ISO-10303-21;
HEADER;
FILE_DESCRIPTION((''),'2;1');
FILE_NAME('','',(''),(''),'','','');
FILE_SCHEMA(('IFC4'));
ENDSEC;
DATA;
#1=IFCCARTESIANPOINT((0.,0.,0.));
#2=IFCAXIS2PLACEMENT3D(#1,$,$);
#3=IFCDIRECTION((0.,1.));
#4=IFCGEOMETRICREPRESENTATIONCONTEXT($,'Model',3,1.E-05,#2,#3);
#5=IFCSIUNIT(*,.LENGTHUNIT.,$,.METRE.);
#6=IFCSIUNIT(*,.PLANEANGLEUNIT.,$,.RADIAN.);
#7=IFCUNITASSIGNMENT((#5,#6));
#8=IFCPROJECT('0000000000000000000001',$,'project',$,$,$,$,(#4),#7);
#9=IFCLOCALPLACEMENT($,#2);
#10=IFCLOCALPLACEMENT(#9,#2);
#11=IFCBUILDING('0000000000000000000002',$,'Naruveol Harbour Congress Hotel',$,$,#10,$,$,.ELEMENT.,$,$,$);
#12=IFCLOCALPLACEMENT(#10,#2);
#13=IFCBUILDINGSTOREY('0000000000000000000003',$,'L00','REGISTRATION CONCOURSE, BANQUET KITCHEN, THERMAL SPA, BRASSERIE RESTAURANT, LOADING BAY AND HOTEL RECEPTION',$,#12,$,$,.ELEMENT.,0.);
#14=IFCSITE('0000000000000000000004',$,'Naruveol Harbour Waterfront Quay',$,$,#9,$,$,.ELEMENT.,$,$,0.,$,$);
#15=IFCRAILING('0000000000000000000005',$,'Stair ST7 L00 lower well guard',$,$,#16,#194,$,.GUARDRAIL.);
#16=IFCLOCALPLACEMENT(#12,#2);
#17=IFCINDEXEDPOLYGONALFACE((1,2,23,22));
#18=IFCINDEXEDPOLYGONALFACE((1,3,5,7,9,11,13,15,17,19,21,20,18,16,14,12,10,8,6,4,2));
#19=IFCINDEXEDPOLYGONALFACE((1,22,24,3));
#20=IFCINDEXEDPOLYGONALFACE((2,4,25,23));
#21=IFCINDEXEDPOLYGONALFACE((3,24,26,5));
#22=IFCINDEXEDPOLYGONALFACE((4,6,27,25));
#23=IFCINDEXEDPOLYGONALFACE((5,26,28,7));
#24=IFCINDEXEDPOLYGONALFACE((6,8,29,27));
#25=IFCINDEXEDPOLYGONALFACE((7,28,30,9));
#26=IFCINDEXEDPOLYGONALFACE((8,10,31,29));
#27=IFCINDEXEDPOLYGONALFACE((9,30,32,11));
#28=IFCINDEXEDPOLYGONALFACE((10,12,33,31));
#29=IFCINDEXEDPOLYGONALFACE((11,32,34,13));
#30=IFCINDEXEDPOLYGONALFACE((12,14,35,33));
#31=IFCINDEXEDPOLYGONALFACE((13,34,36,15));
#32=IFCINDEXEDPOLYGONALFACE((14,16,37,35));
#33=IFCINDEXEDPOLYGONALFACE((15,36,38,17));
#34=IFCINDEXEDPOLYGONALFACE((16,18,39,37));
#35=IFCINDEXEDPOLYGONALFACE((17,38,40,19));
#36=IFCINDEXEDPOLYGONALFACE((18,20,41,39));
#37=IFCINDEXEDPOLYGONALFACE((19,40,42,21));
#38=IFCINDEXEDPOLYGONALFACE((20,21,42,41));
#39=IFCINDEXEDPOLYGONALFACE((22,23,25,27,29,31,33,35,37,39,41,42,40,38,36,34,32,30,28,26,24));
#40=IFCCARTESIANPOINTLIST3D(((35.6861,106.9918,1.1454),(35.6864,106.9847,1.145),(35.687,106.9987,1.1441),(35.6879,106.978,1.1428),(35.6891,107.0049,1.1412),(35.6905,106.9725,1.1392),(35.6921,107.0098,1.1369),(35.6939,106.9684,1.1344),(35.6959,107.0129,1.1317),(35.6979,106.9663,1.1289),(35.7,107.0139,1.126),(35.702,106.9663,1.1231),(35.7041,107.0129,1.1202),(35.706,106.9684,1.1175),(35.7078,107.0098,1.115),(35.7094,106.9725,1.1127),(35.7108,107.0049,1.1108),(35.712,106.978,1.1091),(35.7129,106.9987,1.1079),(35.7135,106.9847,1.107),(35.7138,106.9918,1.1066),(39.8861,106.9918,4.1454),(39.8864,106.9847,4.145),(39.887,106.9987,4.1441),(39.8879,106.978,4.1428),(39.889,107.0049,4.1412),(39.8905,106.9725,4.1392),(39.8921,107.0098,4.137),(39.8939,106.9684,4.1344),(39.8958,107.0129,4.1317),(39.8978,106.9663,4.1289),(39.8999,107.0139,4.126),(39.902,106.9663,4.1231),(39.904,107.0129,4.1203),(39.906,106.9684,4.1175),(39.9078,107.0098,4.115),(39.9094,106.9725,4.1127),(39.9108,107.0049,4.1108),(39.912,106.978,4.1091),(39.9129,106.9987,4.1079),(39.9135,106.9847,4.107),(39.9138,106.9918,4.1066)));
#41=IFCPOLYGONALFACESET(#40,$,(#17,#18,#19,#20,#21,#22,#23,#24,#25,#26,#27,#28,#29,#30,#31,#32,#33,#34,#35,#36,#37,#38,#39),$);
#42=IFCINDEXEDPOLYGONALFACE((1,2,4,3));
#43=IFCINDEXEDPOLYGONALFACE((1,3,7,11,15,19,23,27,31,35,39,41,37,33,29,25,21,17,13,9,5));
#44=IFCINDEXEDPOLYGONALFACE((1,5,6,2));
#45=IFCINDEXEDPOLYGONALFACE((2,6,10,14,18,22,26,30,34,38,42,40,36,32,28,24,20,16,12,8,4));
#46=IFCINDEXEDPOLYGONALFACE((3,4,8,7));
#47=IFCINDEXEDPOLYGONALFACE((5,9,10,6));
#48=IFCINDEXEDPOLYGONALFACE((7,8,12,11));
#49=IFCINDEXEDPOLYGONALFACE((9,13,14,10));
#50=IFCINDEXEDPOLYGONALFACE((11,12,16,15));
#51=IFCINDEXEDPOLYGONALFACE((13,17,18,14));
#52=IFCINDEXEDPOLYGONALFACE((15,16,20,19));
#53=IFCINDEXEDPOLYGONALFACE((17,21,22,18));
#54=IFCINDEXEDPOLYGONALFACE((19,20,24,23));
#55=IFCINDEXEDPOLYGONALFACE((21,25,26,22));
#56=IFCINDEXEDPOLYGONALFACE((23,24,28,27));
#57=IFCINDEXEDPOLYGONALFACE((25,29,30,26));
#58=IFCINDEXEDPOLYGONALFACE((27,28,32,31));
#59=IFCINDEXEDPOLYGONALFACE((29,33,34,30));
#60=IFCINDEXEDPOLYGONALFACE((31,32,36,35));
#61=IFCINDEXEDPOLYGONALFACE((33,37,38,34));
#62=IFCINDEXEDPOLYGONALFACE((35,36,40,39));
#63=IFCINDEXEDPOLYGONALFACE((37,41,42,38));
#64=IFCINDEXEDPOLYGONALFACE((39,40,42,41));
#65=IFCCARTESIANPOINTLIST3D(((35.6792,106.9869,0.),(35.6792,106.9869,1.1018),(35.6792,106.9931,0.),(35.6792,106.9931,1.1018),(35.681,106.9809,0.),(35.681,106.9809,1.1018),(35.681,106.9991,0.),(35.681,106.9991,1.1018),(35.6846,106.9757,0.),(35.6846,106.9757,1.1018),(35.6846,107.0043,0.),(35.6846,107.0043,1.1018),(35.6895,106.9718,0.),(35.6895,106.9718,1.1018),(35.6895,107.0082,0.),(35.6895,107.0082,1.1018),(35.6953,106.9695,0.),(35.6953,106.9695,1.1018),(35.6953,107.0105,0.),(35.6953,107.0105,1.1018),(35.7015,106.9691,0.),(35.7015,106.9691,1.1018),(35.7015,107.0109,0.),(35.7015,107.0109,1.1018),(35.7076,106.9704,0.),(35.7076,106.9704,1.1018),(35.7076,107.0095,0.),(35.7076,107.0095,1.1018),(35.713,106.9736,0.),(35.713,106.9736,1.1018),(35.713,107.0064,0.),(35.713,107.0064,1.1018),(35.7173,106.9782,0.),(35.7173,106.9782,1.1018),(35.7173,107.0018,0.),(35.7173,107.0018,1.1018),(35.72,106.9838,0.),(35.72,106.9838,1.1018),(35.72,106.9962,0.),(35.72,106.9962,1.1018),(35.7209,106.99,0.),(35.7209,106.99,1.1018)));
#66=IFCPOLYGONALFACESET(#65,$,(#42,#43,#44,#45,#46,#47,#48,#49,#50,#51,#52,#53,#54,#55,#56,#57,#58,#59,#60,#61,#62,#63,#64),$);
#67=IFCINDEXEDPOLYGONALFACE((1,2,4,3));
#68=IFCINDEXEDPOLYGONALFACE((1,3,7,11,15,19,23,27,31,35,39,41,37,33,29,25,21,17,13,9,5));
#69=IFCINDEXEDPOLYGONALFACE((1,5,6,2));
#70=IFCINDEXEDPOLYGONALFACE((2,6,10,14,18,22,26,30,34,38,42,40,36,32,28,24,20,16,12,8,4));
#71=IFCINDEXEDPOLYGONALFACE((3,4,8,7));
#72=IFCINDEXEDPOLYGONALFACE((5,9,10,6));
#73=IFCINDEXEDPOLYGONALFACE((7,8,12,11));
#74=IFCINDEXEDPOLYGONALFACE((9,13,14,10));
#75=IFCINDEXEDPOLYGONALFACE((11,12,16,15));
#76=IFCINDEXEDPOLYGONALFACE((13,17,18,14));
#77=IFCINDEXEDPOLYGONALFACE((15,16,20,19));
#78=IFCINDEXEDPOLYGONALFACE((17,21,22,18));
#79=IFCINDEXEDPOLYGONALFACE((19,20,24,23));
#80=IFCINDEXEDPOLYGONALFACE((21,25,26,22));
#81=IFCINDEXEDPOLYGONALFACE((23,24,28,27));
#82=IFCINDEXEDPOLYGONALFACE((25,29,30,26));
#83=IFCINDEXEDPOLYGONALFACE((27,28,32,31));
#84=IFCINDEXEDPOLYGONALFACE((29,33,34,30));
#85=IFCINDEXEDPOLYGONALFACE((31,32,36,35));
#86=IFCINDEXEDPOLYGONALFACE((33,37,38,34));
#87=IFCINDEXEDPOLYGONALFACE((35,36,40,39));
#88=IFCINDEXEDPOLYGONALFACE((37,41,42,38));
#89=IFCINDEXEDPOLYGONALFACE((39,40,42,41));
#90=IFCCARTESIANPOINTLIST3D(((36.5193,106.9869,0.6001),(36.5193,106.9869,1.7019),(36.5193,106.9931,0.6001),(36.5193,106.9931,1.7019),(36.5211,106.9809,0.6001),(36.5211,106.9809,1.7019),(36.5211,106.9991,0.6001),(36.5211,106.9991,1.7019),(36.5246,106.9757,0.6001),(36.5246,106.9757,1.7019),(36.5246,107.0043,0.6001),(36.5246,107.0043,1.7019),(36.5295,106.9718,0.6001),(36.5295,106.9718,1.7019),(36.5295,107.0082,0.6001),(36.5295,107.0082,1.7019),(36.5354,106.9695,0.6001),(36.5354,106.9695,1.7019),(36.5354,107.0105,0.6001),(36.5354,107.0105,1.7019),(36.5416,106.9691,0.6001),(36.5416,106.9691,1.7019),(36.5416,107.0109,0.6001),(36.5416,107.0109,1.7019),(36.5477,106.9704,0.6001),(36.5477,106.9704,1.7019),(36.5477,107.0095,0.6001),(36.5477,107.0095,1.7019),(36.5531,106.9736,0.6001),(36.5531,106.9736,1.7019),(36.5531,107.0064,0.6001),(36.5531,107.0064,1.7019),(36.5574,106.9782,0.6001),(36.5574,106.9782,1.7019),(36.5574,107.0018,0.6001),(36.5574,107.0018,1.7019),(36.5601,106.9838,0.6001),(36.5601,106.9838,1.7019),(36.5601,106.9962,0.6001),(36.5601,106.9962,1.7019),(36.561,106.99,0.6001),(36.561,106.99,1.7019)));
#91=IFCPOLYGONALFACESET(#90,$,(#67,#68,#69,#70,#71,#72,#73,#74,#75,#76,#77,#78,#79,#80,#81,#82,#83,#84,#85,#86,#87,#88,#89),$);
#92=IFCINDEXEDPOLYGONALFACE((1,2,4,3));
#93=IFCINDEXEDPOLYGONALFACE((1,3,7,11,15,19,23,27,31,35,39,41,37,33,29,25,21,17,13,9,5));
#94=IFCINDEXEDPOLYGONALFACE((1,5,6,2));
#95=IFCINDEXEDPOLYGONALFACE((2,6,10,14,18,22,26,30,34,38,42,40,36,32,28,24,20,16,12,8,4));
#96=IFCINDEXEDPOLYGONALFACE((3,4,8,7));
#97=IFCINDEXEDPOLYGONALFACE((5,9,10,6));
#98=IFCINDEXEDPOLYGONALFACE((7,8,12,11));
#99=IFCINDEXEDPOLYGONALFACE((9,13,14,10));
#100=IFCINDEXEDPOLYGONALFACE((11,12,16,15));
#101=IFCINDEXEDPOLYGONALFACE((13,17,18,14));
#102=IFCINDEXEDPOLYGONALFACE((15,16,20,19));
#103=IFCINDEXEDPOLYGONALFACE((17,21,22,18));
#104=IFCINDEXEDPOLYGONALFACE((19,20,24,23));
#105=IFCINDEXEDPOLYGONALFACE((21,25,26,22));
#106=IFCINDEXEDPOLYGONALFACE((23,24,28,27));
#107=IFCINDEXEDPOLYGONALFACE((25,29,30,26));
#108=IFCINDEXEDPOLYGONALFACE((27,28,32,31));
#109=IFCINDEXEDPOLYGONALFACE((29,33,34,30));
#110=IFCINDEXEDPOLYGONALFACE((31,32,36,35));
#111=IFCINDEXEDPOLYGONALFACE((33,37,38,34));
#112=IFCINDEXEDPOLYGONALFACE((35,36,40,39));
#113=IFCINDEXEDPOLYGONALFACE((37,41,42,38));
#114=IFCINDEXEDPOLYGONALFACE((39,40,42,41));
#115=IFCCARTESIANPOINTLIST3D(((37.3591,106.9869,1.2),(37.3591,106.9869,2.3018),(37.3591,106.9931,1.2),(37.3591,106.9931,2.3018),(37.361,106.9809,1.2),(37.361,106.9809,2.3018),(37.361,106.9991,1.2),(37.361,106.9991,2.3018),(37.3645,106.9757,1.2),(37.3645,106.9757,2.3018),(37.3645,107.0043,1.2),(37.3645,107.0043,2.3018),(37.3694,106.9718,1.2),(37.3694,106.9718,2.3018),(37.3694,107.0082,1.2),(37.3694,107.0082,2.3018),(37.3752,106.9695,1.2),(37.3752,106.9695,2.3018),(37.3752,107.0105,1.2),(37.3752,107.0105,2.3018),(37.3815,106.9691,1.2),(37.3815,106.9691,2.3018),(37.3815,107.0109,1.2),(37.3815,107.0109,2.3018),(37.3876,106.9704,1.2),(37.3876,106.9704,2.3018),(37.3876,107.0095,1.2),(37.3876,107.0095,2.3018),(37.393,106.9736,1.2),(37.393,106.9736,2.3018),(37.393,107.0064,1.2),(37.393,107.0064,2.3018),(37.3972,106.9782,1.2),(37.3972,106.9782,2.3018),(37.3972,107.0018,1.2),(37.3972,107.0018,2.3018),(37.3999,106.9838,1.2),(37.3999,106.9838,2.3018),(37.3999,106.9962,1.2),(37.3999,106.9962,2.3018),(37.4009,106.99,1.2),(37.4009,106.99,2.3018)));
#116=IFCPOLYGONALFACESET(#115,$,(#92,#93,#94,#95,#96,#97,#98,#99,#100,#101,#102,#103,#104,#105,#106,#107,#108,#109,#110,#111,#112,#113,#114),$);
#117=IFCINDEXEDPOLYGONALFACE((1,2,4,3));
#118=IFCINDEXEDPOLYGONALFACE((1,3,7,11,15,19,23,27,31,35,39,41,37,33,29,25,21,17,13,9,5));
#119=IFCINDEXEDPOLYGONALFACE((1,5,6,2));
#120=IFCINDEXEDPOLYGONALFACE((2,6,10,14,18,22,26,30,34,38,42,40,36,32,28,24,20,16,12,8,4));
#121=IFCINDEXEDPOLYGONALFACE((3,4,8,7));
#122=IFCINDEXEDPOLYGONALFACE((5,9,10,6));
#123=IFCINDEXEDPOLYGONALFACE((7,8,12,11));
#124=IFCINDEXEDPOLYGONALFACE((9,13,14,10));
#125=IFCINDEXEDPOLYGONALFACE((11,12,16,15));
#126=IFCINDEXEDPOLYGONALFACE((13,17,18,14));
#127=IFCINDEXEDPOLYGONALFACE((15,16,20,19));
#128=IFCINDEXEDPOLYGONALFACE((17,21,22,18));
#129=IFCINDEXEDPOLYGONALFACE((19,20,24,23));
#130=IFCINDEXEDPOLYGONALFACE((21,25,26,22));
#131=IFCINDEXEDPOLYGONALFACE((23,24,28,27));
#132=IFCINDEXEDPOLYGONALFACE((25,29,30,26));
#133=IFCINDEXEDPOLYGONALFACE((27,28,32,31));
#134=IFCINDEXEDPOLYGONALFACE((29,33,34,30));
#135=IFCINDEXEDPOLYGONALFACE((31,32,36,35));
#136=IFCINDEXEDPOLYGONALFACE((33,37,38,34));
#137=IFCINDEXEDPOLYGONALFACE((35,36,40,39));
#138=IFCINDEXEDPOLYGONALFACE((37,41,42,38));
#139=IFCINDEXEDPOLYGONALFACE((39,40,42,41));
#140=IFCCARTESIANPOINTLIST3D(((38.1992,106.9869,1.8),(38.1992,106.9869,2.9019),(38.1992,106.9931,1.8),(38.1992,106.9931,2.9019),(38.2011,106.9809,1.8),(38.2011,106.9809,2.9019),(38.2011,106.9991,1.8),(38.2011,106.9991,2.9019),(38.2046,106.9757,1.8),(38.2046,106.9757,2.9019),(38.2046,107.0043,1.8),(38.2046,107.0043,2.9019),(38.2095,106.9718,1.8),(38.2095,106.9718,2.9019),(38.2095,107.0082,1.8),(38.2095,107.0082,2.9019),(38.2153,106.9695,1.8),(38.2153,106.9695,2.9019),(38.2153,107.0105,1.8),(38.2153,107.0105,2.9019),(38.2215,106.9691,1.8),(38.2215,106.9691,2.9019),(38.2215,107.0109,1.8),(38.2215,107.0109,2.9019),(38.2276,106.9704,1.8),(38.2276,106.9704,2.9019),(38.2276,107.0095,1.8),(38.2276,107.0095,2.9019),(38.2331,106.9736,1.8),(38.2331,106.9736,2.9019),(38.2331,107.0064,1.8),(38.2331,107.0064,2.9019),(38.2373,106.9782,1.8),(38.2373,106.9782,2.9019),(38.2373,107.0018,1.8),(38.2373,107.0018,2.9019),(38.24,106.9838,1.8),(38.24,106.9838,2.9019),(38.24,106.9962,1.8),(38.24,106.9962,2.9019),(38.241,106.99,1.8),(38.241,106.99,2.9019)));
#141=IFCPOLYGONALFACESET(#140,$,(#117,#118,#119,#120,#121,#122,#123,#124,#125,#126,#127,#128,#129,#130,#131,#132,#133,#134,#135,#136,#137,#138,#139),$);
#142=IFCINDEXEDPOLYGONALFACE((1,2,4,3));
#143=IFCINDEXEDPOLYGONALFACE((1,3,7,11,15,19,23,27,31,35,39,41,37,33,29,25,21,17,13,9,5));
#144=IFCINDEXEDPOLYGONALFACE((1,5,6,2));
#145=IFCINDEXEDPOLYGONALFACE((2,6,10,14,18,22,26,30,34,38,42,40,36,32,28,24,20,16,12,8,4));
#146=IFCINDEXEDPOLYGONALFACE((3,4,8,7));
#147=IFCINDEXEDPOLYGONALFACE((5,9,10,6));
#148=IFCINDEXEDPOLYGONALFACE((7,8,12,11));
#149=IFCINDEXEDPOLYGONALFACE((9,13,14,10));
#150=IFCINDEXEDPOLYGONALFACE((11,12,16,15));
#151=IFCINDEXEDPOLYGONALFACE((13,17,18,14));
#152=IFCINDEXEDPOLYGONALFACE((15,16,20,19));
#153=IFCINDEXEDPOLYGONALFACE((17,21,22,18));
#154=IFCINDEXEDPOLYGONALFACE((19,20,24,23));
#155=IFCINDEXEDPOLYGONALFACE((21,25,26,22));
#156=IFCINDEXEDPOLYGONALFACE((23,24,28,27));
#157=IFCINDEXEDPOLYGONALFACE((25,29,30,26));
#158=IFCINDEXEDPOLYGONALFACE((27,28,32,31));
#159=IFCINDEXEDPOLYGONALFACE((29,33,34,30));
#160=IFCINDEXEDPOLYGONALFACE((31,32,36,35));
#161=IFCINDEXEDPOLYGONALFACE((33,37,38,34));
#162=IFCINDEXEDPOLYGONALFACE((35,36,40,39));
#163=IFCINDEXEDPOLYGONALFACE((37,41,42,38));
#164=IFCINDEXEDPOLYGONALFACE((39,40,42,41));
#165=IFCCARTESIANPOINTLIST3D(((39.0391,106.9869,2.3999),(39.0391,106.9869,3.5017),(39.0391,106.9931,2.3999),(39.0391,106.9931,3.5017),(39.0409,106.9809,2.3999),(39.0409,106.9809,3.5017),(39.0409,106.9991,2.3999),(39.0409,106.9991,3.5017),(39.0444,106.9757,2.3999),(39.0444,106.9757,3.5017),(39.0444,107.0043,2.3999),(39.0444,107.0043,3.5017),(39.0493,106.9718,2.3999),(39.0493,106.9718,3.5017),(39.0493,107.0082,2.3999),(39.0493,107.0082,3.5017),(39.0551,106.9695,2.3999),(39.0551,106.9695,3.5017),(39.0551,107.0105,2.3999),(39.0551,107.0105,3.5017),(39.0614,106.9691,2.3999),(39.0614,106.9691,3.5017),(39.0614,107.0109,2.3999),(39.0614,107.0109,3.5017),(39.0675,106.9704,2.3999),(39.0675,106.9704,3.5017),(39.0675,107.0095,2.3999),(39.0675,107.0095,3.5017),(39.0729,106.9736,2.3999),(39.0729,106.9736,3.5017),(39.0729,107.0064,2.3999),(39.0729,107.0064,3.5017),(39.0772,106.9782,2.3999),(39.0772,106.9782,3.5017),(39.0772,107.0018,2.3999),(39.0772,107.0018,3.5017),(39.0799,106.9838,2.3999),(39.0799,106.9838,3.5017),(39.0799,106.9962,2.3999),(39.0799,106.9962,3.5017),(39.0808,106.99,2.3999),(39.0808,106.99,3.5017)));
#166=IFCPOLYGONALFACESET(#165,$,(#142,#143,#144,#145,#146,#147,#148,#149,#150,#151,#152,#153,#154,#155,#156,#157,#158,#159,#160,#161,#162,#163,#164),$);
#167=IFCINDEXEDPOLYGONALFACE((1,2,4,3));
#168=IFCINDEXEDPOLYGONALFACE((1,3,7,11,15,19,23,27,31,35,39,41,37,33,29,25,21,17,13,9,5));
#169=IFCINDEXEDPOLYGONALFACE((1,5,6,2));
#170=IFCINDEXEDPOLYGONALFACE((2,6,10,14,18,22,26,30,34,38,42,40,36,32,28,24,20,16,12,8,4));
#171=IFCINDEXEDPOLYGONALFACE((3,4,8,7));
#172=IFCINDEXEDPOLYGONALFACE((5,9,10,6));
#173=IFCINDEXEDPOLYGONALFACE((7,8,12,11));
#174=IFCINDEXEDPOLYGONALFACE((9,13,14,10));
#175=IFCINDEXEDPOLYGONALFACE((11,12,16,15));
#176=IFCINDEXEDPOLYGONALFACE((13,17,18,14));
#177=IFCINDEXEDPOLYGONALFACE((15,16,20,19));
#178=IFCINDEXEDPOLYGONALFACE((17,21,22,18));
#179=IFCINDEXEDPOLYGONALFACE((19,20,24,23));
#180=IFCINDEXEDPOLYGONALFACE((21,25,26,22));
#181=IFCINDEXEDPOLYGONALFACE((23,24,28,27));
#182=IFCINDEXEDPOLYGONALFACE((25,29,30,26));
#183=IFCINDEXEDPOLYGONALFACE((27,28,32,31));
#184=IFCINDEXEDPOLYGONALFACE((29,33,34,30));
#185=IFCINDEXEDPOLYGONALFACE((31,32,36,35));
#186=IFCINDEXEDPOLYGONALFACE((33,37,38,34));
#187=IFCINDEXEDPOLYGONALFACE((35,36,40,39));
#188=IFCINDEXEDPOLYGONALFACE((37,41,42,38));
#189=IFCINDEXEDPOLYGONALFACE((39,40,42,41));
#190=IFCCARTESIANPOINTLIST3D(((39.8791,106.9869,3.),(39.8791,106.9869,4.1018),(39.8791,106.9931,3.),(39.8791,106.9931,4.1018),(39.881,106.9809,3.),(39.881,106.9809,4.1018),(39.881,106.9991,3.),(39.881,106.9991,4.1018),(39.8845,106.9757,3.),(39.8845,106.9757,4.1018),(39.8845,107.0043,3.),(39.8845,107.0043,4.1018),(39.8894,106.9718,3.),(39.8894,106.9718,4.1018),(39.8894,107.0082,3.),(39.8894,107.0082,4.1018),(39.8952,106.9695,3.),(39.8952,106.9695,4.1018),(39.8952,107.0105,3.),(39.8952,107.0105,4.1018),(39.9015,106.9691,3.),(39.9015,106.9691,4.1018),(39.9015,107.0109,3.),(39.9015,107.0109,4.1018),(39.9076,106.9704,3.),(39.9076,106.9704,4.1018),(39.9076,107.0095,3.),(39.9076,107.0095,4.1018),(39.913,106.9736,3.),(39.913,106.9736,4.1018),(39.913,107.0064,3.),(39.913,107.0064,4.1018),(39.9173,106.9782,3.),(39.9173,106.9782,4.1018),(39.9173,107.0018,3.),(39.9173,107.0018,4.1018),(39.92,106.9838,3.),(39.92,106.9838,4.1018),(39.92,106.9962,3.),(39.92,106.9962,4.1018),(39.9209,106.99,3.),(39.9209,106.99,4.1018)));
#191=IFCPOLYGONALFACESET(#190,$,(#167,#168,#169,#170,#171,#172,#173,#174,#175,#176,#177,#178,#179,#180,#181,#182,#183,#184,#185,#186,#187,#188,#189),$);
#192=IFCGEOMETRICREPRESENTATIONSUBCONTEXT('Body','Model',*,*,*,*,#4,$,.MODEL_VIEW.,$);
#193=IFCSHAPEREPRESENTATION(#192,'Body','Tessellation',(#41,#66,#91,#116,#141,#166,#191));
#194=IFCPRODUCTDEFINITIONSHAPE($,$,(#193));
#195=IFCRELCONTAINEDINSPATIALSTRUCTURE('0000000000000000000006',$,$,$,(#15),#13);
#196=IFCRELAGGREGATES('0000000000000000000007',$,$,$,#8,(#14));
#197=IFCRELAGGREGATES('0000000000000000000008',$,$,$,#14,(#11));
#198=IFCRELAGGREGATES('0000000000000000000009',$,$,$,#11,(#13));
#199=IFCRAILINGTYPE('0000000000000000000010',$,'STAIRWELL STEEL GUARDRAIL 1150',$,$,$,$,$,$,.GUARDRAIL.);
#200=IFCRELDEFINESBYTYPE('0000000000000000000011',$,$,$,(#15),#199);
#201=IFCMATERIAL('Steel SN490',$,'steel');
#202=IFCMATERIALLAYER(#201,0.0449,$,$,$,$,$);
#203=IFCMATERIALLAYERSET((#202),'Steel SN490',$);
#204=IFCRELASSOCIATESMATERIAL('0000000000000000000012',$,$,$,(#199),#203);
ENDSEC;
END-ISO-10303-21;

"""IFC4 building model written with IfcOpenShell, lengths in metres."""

from ifc_helpers import new_model, si_unit, direction, frame, origin, origin_2d, place, context, subcontext, project, spatial, circle, extrude, material, layer, layer_set, type_object, element, save


model = new_model("IFC4")

# Units and contexts
model_context = context("Model", 3, precision=1e-05, world=origin(), true_north=direction((0.0, 1.0)))
body_context = subcontext(model_context, "Body", "Model", "MODEL_VIEW")
ifc_project = project(units=[si_unit("LENGTHUNIT", "METRE"), si_unit("PLANEANGLEUNIT", "RADIAN")], contexts=[model_context])

# Site, building, storey
site_placement = place(None, origin())
site = spatial("IfcSite", under=ifc_project, at=site_placement, Name="Naruveol Harbour Waterfront Quay", CompositionType="ELEMENT", RefElevation=0.0)
building_placement = place(site_placement, origin())
building = spatial("IfcBuilding", under=site, at=building_placement, Name="Naruveol Harbour Congress Hotel", CompositionType="ELEMENT")
storey_placement = place(building_placement, origin())
storey = spatial("IfcBuildingStorey", under=building, at=storey_placement, Name="L00", Description="REGISTRATION CONCOURSE, BANQUET KITCHEN, THERMAL SPA, BRASSERIE RESTAURANT, LOADING BAY AND HOTEL RECEPTION", CompositionType="ELEMENT", Elevation=0.0)

# Railing
ifc_material_1 = material(Name="Steel SN490", Category="steel")
ifc_layer_1 = layer(ifc_material_1, 0.0449)
ifc_layer_set_1 = layer_set([ifc_layer_1], Name="Steel SN490")
railing_type_1 = type_object("IfcRailingType", Name="STAIRWELL STEEL GUARDRAIL 1150", PredefinedType="GUARDRAIL", material=ifc_layer_set_1)
railing_1_placement = place(storey_placement, frame((35.7, 106.99, 0.0)))
element("IfcRailing", 1, at=railing_1_placement, inside=storey, type_object=railing_type_1, Name="Stair ST7 L00 lower well guard", PredefinedType="GUARDRAIL", context=body_context, shape_type="SweptSolid", body=[
    extrude(circle(Radius=0.0239, at=origin_2d()), frame((0.0, 0.0, 1.126), z_axis=(0.81373, 0.0, 0.581243), x_axis=(0.0, 1.0, 0.0)), (0.0, 0.0, 1.0), 5.1614),
    extrude(circle(Radius=0.021, at=origin_2d()), origin(), (0.0, 0.0, 1.0), 1.1018),
    extrude(circle(Radius=0.021, at=origin_2d()), frame((0.8401, 0.0, 0.6001)), (0.0, 0.0, 1.0), 1.1018),
    extrude(circle(Radius=0.021, at=origin_2d()), frame((1.6799, 0.0, 1.2)), (0.0, 0.0, 1.0), 1.1018),
    extrude(circle(Radius=0.021, at=origin_2d()), frame((2.52, 0.0, 1.8)), (0.0, 0.0, 1.0), 1.1018),
    extrude(circle(Radius=0.021, at=origin_2d()), frame((3.3599, 0.0, 2.3999)), (0.0, 0.0, 1.0), 1.1018),
    extrude(circle(Radius=0.021, at=origin_2d()), frame((4.2, 0.0, 3.0)), (0.0, 0.0, 1.0), 1.1018),
])

save(model, "model.ifc")
